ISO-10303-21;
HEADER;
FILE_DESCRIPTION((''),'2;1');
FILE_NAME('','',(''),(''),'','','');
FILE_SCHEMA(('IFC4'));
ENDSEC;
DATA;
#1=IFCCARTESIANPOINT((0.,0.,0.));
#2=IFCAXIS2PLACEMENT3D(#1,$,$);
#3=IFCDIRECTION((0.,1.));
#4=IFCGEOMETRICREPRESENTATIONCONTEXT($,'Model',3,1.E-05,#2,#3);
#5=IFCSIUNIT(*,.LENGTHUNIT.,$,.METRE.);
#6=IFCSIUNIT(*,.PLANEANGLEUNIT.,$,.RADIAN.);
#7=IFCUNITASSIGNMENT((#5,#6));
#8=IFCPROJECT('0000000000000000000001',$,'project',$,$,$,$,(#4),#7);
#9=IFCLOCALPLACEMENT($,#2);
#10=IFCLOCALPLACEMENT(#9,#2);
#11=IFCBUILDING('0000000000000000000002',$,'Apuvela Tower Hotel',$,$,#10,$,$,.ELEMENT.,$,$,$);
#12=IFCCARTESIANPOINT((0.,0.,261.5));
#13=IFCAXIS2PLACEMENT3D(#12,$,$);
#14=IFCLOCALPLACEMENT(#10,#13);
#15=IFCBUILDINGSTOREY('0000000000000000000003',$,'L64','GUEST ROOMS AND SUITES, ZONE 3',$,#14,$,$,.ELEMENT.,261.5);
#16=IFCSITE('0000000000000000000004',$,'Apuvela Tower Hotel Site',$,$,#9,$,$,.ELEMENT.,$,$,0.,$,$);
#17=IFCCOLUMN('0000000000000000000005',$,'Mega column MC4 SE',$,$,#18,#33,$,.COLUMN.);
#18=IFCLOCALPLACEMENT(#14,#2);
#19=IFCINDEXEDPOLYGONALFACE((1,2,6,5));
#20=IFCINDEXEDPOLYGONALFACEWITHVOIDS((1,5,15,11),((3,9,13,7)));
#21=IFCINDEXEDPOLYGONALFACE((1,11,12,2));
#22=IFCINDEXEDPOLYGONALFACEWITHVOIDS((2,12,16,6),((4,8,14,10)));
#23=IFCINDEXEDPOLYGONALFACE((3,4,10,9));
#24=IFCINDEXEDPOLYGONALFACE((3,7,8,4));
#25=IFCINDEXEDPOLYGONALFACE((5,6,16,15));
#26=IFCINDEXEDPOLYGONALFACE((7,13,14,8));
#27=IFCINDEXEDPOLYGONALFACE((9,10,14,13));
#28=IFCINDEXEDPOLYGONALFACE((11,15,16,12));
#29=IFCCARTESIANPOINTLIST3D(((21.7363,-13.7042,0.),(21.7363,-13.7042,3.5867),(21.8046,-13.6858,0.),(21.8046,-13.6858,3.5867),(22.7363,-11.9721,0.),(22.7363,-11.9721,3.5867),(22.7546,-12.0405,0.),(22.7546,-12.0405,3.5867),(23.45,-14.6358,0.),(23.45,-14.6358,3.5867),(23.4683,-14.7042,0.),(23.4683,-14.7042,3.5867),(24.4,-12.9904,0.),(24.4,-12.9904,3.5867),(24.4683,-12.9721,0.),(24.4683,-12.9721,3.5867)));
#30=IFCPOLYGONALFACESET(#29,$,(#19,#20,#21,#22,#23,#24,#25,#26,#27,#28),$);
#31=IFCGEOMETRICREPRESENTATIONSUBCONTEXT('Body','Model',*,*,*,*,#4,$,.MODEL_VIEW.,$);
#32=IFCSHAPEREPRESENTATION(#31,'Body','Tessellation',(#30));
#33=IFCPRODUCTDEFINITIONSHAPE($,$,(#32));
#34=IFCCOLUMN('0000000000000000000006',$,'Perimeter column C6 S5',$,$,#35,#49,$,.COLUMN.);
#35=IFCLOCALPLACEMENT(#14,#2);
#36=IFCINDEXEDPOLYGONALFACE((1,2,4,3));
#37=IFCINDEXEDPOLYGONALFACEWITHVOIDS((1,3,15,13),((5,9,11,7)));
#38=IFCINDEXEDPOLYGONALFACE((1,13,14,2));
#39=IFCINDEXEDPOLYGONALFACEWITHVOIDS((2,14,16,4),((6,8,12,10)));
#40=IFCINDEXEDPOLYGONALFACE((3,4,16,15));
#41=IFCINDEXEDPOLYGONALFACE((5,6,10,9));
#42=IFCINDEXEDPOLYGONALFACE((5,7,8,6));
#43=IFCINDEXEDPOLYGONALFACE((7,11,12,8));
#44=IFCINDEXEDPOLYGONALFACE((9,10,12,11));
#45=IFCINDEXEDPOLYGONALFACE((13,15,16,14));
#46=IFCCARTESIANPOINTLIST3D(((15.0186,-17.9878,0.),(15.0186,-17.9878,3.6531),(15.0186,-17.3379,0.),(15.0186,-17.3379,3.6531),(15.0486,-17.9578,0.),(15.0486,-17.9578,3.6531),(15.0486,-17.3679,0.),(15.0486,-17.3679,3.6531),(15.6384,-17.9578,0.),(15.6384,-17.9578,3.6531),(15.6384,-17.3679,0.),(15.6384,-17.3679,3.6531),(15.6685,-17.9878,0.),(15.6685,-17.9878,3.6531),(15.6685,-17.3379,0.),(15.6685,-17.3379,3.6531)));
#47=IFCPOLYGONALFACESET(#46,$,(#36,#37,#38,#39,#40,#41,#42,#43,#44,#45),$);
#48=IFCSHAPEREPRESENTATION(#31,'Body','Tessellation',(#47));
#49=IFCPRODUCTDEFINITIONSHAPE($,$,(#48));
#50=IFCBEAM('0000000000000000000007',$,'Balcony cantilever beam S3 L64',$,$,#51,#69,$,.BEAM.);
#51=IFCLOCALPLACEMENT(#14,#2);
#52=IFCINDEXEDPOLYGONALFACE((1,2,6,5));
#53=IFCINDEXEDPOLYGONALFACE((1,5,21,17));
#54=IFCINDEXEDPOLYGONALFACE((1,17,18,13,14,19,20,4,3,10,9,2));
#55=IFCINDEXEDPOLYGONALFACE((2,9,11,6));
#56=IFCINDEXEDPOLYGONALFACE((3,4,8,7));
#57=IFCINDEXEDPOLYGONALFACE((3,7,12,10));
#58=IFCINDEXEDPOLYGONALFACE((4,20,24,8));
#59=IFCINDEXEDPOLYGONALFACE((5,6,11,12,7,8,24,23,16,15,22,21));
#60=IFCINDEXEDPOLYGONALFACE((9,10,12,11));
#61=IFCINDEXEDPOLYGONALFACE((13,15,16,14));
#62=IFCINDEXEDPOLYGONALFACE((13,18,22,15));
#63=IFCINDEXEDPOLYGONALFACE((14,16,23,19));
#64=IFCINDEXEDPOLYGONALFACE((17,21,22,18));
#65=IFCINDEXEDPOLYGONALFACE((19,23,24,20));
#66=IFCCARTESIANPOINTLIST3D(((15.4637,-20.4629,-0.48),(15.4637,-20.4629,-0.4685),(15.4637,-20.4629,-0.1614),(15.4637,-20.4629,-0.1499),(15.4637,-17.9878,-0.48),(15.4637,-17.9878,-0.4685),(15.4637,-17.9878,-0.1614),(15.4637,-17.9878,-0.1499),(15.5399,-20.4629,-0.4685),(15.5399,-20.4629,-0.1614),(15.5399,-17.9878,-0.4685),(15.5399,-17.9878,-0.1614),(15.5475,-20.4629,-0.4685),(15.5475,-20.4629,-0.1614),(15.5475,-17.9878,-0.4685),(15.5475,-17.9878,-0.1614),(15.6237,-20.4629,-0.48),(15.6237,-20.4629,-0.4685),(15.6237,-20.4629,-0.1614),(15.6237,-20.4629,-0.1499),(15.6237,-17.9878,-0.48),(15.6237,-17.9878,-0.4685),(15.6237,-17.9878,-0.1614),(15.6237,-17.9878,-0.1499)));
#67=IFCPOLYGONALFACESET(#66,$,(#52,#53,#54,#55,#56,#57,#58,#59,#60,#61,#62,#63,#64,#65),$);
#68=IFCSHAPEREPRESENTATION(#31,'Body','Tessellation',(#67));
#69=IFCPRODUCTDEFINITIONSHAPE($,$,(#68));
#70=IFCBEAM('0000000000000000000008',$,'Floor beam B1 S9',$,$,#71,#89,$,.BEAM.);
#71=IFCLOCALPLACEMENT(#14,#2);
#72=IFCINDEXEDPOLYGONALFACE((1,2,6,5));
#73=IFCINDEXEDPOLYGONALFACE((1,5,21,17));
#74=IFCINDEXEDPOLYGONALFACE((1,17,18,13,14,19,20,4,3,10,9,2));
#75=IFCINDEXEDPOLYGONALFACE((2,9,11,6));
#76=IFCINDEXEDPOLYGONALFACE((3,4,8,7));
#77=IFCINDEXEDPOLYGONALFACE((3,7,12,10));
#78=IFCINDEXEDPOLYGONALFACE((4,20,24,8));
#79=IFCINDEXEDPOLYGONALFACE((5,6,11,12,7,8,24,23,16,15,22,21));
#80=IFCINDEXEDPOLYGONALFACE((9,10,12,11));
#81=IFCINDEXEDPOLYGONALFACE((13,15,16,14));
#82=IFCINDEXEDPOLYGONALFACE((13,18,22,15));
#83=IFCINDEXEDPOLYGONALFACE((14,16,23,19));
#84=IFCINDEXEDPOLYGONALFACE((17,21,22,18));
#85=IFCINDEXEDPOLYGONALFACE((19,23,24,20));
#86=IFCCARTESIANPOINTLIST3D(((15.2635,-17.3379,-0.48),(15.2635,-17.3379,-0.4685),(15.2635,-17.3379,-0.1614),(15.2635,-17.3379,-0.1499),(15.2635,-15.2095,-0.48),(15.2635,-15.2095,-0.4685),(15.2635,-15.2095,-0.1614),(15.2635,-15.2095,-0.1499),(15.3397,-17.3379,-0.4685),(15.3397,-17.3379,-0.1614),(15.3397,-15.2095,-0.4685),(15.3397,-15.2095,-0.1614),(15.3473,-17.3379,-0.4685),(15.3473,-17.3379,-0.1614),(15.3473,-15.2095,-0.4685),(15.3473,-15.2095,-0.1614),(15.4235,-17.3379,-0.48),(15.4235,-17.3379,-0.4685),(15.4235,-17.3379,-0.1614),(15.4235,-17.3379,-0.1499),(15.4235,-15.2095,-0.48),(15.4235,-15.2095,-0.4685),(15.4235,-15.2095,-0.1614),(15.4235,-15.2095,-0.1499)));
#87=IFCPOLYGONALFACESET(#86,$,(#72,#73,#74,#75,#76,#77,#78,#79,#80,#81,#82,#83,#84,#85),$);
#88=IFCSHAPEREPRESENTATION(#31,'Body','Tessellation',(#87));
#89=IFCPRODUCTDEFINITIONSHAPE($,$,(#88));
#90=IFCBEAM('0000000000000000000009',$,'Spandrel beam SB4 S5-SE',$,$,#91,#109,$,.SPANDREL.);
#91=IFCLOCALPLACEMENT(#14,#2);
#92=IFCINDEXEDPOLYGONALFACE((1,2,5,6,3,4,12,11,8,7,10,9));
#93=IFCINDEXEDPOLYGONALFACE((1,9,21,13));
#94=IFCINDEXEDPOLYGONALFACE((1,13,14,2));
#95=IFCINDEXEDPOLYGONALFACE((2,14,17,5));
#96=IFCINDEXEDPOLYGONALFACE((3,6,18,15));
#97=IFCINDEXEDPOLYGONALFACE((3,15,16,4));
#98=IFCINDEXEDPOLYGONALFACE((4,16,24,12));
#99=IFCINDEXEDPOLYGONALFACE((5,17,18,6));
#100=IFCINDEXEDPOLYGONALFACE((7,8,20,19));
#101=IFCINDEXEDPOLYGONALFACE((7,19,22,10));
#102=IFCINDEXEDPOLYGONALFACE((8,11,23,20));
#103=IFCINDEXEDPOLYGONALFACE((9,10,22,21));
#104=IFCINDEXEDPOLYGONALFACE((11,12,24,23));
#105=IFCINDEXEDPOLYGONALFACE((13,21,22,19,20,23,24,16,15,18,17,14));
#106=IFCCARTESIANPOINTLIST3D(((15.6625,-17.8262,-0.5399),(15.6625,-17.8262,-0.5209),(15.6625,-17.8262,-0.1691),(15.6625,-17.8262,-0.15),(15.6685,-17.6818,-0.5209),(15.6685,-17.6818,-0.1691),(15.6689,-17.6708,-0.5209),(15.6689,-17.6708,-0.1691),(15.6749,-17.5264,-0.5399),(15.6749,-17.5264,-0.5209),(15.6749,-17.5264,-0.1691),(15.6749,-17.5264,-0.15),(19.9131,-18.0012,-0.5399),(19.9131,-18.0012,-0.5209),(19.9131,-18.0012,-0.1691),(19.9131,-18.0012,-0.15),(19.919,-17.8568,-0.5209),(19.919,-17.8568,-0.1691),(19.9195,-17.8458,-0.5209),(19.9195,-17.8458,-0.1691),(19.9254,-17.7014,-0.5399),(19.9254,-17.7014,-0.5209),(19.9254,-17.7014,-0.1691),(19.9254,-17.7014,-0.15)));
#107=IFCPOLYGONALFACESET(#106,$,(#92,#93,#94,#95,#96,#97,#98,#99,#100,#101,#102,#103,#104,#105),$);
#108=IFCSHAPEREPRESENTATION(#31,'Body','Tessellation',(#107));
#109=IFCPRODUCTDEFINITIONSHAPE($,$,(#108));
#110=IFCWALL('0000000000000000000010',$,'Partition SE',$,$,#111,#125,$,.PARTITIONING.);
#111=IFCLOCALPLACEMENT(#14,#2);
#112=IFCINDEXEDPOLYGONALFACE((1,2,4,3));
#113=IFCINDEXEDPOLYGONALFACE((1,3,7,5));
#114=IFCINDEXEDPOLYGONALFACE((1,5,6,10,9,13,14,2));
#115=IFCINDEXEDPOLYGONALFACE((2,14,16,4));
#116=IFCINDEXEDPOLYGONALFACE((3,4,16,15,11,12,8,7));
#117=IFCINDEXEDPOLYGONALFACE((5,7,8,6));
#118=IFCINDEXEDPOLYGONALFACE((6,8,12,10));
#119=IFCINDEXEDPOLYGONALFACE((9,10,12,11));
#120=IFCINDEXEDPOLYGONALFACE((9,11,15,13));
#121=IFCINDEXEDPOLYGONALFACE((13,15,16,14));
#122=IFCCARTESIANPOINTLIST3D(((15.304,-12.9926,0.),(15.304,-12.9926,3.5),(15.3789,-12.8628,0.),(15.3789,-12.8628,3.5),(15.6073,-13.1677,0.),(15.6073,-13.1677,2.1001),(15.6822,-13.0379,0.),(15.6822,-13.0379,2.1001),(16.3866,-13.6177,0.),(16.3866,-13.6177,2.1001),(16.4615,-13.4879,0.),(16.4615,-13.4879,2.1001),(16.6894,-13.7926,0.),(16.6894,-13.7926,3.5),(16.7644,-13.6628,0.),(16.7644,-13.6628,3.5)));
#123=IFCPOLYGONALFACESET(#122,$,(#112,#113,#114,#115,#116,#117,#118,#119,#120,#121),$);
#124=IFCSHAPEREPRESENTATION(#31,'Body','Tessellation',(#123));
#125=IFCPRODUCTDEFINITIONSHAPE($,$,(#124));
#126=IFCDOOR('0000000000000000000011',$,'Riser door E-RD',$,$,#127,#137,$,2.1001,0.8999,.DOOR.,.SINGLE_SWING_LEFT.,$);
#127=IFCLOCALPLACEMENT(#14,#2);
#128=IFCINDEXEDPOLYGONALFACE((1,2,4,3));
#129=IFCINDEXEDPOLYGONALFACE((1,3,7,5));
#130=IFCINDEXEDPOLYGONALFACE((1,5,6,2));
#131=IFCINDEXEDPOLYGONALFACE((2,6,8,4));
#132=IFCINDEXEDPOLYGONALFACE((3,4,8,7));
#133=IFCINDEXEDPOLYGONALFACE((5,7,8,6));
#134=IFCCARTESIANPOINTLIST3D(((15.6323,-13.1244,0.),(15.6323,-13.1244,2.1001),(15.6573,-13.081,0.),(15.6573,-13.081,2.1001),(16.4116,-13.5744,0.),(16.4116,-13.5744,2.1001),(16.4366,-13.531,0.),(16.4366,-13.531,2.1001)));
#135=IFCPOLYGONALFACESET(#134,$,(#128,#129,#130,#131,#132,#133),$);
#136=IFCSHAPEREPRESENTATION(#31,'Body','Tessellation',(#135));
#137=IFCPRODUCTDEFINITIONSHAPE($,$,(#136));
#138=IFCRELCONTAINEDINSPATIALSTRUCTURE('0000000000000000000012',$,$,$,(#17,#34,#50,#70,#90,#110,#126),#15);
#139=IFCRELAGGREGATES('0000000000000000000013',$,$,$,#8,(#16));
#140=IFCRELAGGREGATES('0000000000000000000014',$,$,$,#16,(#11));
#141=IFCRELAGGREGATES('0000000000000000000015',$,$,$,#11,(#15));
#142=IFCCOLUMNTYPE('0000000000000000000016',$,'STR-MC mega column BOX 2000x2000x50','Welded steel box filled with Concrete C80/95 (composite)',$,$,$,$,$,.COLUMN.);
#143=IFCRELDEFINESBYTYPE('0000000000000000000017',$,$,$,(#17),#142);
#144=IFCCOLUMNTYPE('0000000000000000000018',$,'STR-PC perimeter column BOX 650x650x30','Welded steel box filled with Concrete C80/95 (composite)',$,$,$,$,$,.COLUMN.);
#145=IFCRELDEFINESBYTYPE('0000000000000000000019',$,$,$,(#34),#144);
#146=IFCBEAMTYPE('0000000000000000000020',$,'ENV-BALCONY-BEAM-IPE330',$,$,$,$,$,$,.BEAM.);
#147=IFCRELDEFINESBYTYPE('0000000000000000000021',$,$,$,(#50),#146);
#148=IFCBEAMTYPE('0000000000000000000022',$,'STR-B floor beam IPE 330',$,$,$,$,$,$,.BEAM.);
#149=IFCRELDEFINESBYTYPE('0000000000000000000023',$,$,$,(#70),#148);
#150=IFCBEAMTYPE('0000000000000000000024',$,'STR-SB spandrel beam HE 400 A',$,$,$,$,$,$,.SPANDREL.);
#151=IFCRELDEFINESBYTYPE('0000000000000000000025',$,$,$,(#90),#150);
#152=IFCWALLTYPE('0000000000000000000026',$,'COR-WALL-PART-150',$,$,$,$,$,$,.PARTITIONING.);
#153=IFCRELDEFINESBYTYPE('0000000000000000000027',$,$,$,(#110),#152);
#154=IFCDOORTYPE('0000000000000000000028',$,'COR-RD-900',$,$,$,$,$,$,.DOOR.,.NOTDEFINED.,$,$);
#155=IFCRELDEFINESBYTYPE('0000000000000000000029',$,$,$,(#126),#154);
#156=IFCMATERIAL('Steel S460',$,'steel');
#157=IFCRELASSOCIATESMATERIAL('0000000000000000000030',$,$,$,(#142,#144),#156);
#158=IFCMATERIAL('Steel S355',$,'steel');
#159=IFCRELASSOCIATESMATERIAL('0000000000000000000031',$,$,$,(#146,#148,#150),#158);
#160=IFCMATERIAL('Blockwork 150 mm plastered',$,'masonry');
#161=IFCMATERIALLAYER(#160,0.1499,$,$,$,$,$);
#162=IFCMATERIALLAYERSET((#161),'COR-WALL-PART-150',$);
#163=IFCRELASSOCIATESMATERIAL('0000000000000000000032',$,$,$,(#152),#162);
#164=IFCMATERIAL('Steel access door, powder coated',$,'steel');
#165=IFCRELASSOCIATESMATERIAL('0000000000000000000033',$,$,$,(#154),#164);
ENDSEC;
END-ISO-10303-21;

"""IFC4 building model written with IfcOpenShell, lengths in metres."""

from ifc_helpers import new_model, si_unit, direction, frame, frame_2d, origin, origin_2d, place, context, subcontext, project, spatial, rectangle, hollow_rectangle, i_section, extrude, boolean, halfspace, material, layer, layer_set, material_profile, profile_set, type_object, element, fill, save


model = new_model("IFC4")

# Units and contexts
model_context = context("Model", 3, precision=1e-05, world=origin(), true_north=direction((0.0, 1.0)))
body_context = subcontext(model_context, "Body", "Model", "MODEL_VIEW")
ifc_project = project(units=[si_unit("LENGTHUNIT", "METRE"), si_unit("PLANEANGLEUNIT", "RADIAN")], contexts=[model_context])

# Site, building, storey
site_placement = place(None, origin())
site = spatial("IfcSite", under=ifc_project, at=site_placement, Name="Apuvela Tower Hotel Site", CompositionType="ELEMENT", RefElevation=0.0)
building_placement = place(site_placement, origin())
building = spatial("IfcBuilding", under=site, at=building_placement, Name="Apuvela Tower Hotel", CompositionType="ELEMENT")
storey_placement = place(building_placement, frame((0.0, 0.0, 261.5)))
storey = spatial("IfcBuildingStorey", under=building, at=storey_placement, Name="L64", Description="GUEST ROOMS AND SUITES, ZONE 3", CompositionType="ELEMENT", Elevation=261.5)

# Columns
ifc_material_1 = material(Name="Steel S460", Category="steel")
ifc_material_profile_1 = material_profile(ifc_material_1, hollow_rectangle(XDim=2.0, YDim=2.0, WallThickness=0.05, at=origin_2d()), Name="BOX 2000x2000x50")
ifc_material_2 = material(Name="Concrete C80/95", Category="concrete")
ifc_material_profile_2 = material_profile(ifc_material_2, rectangle(XDim=1.8999, YDim=1.8999, at=origin_2d()), Name="Concrete C80/95 infill")
ifc_profile_set_1 = profile_set([ifc_material_profile_1, ifc_material_profile_2], Name="Steel S460")
column_type_1 = type_object("IfcColumnType", Name="STR-MC mega column BOX 2000x2000x50", Description="Welded steel box filled with Concrete C80/95 (composite)", PredefinedType="COLUMN", material=ifc_profile_set_1)
column_1_placement = place(storey_placement, frame((23.1023, -13.3381, 0.0), z_axis=(0.0, 0.0, 1.0), x_axis=(0.5, 0.866025, 0.0)))
element("IfcColumn", 1, at=column_1_placement, inside=storey, type_object=column_type_1, Name="Mega column MC4 SE", PredefinedType="COLUMN", context=body_context, shape_type="SweptSolid", body=[
    boolean("DIFFERENCE", extrude(hollow_rectangle(XDim=2.0, YDim=2.0, WallThickness=0.05, at=origin_2d()), origin(), (0.0, 0.0, 1.0), 3.7), halfspace(frame((0.0, 0.0, 3.5867), z_axis=(0.0, 0.0, 1.0), x_axis=(1.0, 0.0, 0.0)), False)),
])
ifc_material_profile_3 = material_profile(ifc_material_1, hollow_rectangle(XDim=0.6499, YDim=0.6499, WallThickness=0.03, at=origin_2d()), Name="BOX 650x650x30")
ifc_material_profile_4 = material_profile(ifc_material_2, rectangle(XDim=0.5901, YDim=0.5901, at=origin_2d()), Name="Concrete C80/95 infill")
ifc_profile_set_2 = profile_set([ifc_material_profile_3, ifc_material_profile_4], Name="Steel S460")
column_type_2 = type_object("IfcColumnType", Name="STR-PC perimeter column BOX 650x650x30", Description="Welded steel box filled with Concrete C80/95 (composite)", PredefinedType="COLUMN", material=ifc_profile_set_2)
column_2_placement = place(storey_placement, frame((15.3435, -17.6628, 0.0), z_axis=(0.0, 0.0, 1.0), x_axis=(-1.0, 0.0, 0.0)))
element("IfcColumn", 2, at=column_2_placement, inside=storey, type_object=column_type_2, Name="Perimeter column C6 S5", PredefinedType="COLUMN", context=body_context, shape_type="SweptSolid", body=[
    boolean("DIFFERENCE", extrude(hollow_rectangle(XDim=0.6499, YDim=0.6499, WallThickness=0.03, at=origin_2d()), origin(), (0.0, 0.0, 1.0), 3.7), halfspace(frame((0.0, 0.0, 3.6531), z_axis=(0.0, 0.0, 1.0), x_axis=(1.0, 0.0, 0.0)), False)),
])

# Beams
ifc_material_3 = material(Name="Steel S355", Category="steel")
ifc_material_profile_5 = material_profile(ifc_material_3, i_section(OverallWidth=0.1599, OverallDepth=0.3301, WebThickness=0.0076, FlangeThickness=0.0115, at=origin_2d()), Name="IPE 330")
ifc_profile_set_3 = profile_set([ifc_material_profile_5], Name="Steel S355")
beam_type_1 = type_object("IfcBeamType", Name="ENV-BALCONY-BEAM-IPE330", PredefinedType="BEAM", material=ifc_profile_set_3)
beam_1_placement = place(storey_placement, frame((15.5437, -17.9878, -0.3149), z_axis=(0.0, -1.0, 0.0), x_axis=(1.0, 0.0, 0.0)))
element("IfcBeam", 3, at=beam_1_placement, inside=storey, type_object=beam_type_1, Name="Balcony cantilever beam S3 L64", PredefinedType="BEAM", context=body_context, shape_type="SweptSolid", body=[
    extrude(i_section(OverallWidth=0.1599, OverallDepth=0.3301, WebThickness=0.0076, FlangeThickness=0.0115, at=origin_2d()), origin(), (0.0, 0.0, 1.0), 2.4751),
])
ifc_material_profile_6 = material_profile(ifc_material_3, i_section(OverallWidth=0.1599, OverallDepth=0.3301, WebThickness=0.0076, FlangeThickness=0.0115, at=origin_2d()), Name="IPE 330")
ifc_profile_set_4 = profile_set([ifc_material_profile_6], Name="Steel S355")
beam_type_2 = type_object("IfcBeamType", Name="STR-B floor beam IPE 330", PredefinedType="BEAM", material=ifc_profile_set_4)
beam_2_placement = place(storey_placement, frame((15.3435, -17.3379, -0.3149), z_axis=(0.0, 1.0, 0.0), x_axis=(-1.0, 0.0, 0.0)))
element("IfcBeam", 4, at=beam_2_placement, inside=storey, type_object=beam_type_2, Name="Floor beam B1 S9", PredefinedType="BEAM", context=body_context, shape_type="SweptSolid", body=[
    extrude(i_section(OverallWidth=0.1599, OverallDepth=0.3301, WebThickness=0.0076, FlangeThickness=0.0115, at=origin_2d()), origin(), (0.0, 0.0, 1.0), 2.1284),
])
ifc_material_profile_7 = material_profile(ifc_material_3, i_section(OverallWidth=0.3, OverallDepth=0.3899, WebThickness=0.011, FlangeThickness=0.019, at=origin_2d()), Name="HE 400 A")
ifc_profile_set_5 = profile_set([ifc_material_profile_7], Name="Steel S355")
beam_type_3 = type_object("IfcBeamType", Name="STR-SB spandrel beam HE 400 A", PredefinedType="SPANDREL", material=ifc_profile_set_5)
beam_3_placement = place(storey_placement, frame((15.6687, -17.6763, -0.345), z_axis=(0.999153, -0.041148, 0.0), x_axis=(0.041148, 0.999153, 0.0)))
element("IfcBeam", 5, at=beam_3_placement, inside=storey, type_object=beam_type_3, Name="Spandrel beam SB4 S5-SE", PredefinedType="SPANDREL", context=body_context, shape_type="SweptSolid", body=[
    extrude(i_section(OverallWidth=0.3, OverallDepth=0.3899, WebThickness=0.011, FlangeThickness=0.019, at=origin_2d()), origin(), (0.0, 0.0, 1.0), 4.2542),
])

# Wall, opening, door
ifc_material_4 = material(Name="Blockwork 150 mm plastered", Category="masonry")
ifc_layer_1 = layer(ifc_material_4, 0.1499)
ifc_layer_set_1 = layer_set([ifc_layer_1], Name="COR-WALL-PART-150")
wall_type_1 = type_object("IfcWallType", Name="COR-WALL-PART-150", PredefinedType="PARTITIONING", material=ifc_layer_set_1)
wall_1_placement = place(storey_placement, frame((15.3416, -12.9277, 0.0), z_axis=(0.0, 0.0, 1.0), x_axis=(0.86599, -0.500061, 0.0)))
wall_1 = element("IfcWall", 6, at=wall_1_placement, inside=storey, type_object=wall_type_1, Name="Partition SE", PredefinedType="PARTITIONING", context=body_context, shape_type="SweptSolid", body=[
    extrude(rectangle(XDim=1.5999, YDim=0.1499, at=frame_2d((0.7998, 0.0))), origin(), (0.0, 0.0, 1.0), 3.5),
])
opening_1_placement = place(wall_1_placement, frame((0.3501, 0.0, 0.0)))
opening_1 = element("IfcOpeningElement", 7, at=opening_1_placement, cuts=wall_1, PredefinedType="OPENING", context=body_context, shape_type="SweptSolid", body=[
    extrude(rectangle(XDim=0.8999, YDim=2.1001, at=frame_2d((0.45, 1.05))), frame((0.0, 0.085, 0.0), z_axis=(0.0, -1.0, 0.0), x_axis=(1.0, 0.0, 0.0)), (0.0, 0.0, 1.0), 0.1699),
])
ifc_material_5 = material(Name="Steel access door, powder coated", Category="steel")
door_type_1 = type_object("IfcDoorType", Name="COR-RD-900", OperationType="NOTDEFINED", PredefinedType="DOOR", material=ifc_material_5)
door_1_placement = place(opening_1_placement, frame((0.8999, 0.0, 0.0), z_axis=(0.0, 0.0, 1.0), x_axis=(-1.0, 0.0, 0.0)))
door_1 = element("IfcDoor", 8, at=door_1_placement, inside=storey, type_object=door_type_1, Name="Riser door E-RD", OperationType="SINGLE_SWING_LEFT", OverallHeight=2.1001, OverallWidth=0.8999, PredefinedType="DOOR", context=body_context, shape_type="SweptSolid", body=[
    extrude(rectangle(XDim=0.8999, YDim=2.1001, at=frame_2d((0.45, 1.05))), frame((0.0, 0.0249, 0.0), z_axis=(0.0, -1.0, 0.0), x_axis=(1.0, 0.0, 0.0)), (0.0, 0.0, 1.0), 0.05),
])
fill(opening_1, door_1)

save(model, "model.ifc")
